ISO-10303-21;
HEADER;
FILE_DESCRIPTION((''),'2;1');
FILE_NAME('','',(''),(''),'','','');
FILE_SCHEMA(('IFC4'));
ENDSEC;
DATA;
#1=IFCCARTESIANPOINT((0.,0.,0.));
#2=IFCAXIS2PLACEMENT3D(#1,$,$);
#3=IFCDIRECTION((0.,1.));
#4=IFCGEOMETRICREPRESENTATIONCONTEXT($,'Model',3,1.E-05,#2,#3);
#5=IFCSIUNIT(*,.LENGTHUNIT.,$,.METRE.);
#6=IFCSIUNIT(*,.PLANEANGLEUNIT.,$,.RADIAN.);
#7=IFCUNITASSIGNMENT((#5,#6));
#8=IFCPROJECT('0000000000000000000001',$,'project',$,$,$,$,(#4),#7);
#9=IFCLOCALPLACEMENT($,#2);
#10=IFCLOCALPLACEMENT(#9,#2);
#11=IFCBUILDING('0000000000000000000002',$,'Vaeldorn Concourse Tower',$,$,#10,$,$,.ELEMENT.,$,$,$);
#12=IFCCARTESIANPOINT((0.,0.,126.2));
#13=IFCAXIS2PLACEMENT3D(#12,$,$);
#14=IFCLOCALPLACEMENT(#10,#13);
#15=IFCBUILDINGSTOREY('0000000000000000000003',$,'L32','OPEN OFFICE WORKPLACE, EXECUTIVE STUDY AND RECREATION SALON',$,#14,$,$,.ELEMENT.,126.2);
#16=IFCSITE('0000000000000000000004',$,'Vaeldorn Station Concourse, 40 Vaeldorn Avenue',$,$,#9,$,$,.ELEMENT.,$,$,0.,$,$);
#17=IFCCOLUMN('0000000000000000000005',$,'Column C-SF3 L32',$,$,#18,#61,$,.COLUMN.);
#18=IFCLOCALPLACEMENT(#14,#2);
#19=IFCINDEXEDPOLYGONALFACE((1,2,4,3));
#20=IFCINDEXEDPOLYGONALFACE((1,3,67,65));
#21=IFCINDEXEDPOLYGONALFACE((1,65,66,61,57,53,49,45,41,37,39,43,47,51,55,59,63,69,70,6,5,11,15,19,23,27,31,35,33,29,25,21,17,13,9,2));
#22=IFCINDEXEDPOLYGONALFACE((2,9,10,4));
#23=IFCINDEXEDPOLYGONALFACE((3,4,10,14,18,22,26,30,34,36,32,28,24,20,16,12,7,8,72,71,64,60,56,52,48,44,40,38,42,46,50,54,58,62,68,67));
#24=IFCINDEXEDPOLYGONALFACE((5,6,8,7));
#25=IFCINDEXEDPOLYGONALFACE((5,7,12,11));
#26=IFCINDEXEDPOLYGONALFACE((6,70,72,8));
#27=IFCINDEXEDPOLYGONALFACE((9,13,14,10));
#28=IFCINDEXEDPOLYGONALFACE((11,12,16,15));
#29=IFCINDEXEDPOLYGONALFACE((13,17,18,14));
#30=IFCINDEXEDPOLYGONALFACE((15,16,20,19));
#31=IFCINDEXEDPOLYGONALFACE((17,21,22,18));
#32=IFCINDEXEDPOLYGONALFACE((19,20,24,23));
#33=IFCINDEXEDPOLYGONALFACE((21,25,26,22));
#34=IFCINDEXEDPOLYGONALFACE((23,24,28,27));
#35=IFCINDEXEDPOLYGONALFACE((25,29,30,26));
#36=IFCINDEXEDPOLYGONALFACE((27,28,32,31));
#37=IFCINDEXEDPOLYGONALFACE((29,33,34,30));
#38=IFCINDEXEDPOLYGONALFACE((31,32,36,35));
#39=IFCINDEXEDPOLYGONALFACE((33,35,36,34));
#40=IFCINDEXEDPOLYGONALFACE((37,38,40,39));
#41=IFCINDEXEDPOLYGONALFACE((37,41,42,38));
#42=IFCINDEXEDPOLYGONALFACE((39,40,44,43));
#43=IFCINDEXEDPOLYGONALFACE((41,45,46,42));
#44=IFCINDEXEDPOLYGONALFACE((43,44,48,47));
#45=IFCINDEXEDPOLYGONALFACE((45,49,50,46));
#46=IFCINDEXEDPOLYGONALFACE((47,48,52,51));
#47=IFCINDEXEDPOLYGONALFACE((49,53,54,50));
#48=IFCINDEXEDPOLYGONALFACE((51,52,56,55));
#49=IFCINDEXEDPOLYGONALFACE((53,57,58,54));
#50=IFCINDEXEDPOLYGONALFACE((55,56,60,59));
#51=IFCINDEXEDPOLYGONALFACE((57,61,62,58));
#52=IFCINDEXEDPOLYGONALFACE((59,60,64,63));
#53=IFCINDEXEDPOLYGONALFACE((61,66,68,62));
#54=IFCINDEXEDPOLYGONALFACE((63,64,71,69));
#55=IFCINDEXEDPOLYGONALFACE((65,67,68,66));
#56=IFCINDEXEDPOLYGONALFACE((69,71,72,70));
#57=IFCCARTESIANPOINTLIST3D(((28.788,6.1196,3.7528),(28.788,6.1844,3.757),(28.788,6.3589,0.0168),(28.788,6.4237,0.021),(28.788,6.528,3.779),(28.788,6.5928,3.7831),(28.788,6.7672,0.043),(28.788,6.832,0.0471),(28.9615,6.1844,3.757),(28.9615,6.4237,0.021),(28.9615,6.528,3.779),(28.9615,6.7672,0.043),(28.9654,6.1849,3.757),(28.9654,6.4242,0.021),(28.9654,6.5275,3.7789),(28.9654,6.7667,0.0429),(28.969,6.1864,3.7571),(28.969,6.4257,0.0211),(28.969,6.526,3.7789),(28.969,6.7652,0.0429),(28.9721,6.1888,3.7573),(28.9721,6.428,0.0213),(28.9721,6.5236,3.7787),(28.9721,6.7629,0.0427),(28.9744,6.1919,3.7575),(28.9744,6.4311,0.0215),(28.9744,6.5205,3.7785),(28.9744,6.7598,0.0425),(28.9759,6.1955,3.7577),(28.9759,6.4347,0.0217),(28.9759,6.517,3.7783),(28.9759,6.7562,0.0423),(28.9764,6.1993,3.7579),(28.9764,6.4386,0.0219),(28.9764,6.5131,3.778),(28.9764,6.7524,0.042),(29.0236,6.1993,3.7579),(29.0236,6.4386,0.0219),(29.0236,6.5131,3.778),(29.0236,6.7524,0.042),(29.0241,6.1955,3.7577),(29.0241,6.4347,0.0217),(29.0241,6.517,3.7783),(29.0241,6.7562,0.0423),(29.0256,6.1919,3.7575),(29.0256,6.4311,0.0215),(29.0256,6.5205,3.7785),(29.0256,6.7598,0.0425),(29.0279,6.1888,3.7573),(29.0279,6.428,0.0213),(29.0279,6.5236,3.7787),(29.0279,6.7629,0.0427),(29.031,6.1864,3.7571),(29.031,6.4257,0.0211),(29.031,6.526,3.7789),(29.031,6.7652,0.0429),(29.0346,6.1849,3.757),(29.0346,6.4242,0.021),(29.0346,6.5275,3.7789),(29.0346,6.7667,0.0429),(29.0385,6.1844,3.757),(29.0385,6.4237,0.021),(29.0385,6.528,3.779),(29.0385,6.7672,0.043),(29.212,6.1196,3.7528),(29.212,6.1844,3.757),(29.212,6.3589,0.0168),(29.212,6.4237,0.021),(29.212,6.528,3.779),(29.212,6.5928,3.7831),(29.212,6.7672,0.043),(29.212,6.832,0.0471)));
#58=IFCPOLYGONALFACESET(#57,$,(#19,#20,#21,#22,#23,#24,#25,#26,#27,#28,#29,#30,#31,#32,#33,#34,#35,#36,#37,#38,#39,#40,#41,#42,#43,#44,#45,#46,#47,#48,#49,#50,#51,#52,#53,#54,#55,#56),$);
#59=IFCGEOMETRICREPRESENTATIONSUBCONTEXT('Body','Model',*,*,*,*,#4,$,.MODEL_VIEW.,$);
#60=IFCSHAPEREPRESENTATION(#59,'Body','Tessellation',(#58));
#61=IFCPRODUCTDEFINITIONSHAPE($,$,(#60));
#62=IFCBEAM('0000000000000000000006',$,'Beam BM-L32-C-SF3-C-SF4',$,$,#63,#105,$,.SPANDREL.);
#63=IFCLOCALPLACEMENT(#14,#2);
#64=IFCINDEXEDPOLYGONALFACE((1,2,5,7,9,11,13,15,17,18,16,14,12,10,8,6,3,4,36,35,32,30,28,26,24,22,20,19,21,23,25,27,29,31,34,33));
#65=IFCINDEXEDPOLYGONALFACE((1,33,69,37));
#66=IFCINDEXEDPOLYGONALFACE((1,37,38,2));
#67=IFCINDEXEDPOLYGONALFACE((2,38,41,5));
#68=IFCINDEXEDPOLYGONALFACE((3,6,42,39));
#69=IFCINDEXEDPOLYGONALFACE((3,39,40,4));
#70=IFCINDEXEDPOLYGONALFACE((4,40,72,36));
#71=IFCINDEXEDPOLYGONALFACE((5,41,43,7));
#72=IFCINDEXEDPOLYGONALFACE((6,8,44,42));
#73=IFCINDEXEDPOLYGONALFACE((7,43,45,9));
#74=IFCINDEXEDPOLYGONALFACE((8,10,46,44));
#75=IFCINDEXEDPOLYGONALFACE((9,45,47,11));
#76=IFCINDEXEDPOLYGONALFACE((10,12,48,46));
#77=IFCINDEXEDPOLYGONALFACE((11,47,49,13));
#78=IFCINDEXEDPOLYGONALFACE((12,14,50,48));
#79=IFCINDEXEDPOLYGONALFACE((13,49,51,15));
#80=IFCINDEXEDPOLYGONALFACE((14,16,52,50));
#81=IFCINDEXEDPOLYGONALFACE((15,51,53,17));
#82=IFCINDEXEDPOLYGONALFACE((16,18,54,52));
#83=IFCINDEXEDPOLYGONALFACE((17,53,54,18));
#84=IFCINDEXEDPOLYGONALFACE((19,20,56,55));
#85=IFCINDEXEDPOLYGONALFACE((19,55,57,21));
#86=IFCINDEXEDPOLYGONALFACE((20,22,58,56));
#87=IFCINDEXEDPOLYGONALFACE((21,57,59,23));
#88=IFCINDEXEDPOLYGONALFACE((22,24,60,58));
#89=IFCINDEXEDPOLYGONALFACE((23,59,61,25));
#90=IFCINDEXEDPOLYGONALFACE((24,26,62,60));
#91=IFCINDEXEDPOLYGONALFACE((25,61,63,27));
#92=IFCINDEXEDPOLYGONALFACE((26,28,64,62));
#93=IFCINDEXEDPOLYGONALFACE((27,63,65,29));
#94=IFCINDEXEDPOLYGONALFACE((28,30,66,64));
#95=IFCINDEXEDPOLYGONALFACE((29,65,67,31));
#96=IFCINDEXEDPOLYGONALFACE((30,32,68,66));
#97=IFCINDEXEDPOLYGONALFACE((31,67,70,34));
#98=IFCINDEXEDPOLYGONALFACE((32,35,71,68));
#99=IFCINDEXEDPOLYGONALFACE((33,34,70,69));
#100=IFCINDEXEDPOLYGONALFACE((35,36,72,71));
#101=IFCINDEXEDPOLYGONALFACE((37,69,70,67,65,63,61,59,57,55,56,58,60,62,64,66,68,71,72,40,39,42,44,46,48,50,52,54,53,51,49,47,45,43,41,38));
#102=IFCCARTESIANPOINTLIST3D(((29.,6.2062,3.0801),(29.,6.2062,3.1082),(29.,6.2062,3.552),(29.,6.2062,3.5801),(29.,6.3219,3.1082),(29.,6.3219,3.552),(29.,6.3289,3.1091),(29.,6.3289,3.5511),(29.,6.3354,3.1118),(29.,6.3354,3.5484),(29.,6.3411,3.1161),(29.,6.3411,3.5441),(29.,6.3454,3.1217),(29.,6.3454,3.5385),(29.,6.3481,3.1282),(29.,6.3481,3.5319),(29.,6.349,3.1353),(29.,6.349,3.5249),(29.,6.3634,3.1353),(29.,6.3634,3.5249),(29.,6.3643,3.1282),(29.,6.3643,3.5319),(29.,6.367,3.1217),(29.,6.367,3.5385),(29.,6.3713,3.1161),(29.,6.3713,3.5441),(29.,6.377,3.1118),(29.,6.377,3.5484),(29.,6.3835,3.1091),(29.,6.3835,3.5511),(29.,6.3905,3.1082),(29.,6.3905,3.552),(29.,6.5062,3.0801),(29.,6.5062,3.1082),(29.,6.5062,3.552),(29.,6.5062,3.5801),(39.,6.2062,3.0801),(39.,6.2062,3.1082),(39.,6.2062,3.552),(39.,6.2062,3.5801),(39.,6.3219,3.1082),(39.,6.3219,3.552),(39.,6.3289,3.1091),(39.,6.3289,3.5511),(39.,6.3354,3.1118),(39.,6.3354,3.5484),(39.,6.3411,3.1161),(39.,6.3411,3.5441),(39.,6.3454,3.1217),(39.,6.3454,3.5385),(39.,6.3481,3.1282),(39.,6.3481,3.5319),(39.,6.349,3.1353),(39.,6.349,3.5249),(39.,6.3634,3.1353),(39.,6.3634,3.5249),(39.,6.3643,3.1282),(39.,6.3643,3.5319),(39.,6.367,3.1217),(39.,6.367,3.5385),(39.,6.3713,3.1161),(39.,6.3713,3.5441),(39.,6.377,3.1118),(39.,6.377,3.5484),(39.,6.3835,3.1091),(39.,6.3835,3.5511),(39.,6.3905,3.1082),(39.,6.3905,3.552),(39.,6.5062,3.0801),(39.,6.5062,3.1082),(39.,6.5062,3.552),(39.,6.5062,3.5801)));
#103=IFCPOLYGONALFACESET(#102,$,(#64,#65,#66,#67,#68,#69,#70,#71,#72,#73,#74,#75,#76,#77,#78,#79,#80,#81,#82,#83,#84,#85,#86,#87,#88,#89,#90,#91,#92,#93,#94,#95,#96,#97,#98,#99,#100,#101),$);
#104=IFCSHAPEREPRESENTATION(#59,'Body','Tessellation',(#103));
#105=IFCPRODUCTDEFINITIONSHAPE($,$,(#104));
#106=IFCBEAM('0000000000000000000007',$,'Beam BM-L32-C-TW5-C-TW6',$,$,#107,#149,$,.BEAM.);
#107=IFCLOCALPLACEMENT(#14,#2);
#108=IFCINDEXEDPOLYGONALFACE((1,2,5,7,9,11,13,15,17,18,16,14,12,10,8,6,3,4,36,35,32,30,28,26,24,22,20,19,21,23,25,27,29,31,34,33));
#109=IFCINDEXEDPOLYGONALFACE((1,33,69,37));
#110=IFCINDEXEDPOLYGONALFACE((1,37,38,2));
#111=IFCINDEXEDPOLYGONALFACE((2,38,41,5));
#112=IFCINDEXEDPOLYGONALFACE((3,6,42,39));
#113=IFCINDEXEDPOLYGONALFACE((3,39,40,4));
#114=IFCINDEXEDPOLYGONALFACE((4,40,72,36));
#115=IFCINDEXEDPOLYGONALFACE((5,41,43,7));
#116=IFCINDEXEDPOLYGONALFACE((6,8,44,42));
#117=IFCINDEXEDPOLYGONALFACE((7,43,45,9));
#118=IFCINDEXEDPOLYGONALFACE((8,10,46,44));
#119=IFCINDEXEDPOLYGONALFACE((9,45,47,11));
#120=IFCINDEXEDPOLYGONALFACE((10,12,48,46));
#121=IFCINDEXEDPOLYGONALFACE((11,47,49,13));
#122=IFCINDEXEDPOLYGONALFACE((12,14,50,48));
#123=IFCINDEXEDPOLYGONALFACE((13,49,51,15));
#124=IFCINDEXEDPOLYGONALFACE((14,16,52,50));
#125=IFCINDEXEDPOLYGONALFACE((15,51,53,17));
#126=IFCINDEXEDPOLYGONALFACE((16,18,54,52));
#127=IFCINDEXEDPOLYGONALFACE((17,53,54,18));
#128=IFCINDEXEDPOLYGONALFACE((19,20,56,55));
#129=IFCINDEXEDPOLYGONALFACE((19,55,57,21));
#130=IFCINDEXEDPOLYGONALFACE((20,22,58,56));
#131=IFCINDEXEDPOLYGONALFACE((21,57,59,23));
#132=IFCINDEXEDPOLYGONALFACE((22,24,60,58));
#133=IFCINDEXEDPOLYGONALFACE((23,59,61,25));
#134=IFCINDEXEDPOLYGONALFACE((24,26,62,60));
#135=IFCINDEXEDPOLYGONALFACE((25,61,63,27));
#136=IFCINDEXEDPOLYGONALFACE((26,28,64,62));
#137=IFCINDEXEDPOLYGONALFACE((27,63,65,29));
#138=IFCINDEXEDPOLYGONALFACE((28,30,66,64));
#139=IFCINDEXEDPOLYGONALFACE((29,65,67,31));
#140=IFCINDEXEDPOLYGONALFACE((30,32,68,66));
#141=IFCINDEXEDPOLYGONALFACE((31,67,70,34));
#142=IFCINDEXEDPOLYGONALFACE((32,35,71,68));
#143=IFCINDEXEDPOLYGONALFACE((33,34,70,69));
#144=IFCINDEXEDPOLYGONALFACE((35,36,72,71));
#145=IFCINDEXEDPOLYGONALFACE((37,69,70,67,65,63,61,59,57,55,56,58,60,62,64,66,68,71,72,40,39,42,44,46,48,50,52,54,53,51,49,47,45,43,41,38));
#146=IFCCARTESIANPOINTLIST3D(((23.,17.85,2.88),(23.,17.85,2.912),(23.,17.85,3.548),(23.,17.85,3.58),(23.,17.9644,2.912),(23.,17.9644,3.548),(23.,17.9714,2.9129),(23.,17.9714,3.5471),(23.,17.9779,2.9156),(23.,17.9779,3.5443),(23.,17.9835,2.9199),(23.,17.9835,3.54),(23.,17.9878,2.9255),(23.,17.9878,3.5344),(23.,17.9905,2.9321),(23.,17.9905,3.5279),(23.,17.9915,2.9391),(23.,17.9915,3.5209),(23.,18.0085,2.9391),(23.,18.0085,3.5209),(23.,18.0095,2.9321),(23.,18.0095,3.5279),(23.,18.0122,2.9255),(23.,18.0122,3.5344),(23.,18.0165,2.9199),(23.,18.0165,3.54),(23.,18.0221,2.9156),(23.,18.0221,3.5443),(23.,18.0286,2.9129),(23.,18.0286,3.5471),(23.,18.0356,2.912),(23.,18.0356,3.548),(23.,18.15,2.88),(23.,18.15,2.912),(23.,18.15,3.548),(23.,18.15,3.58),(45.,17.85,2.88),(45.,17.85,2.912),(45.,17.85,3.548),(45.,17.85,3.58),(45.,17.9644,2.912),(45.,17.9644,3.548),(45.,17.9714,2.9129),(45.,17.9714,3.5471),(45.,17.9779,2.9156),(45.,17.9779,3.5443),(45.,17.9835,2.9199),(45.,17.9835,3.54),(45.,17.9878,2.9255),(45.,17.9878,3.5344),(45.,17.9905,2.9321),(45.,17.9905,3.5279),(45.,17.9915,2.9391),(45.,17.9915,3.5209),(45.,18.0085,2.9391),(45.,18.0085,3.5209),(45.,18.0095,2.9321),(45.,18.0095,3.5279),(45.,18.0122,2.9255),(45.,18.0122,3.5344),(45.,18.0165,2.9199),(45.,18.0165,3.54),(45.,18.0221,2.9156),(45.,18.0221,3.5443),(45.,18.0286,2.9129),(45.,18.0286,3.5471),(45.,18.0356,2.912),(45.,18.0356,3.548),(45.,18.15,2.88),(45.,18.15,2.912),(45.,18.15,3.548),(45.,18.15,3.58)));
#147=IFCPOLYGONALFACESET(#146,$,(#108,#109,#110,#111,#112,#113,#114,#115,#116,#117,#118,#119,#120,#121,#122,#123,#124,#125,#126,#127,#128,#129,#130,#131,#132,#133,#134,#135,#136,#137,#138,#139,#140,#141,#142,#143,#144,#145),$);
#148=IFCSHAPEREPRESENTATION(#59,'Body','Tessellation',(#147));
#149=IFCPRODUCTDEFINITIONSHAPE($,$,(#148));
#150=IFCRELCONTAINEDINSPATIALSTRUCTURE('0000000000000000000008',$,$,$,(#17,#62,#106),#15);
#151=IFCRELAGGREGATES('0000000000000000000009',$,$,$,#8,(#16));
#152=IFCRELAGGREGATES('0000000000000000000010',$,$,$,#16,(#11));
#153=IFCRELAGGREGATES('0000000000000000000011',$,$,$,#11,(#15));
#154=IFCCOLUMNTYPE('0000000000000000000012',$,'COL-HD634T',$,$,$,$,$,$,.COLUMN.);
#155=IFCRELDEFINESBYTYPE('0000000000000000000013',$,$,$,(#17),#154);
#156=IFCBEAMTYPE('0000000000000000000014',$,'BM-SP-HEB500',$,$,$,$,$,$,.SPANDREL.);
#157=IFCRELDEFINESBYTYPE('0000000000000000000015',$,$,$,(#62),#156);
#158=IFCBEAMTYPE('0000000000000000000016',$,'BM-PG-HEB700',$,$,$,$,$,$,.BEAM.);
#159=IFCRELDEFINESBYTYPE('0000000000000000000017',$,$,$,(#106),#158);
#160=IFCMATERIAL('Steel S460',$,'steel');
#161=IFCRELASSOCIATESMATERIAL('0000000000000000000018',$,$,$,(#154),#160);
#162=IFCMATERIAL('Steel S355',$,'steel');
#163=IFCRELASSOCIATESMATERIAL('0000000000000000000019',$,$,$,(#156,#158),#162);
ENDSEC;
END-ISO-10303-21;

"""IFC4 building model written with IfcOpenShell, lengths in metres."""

from ifc_helpers import new_model, si_unit, direction, frame, origin, origin_2d, place, context, subcontext, project, spatial, i_section, extrude, source, transform, mapped, material, material_profile, profile_set, type_object, element, save


model = new_model("IFC4")

# Units and contexts
model_context = context("Model", 3, precision=1e-05, world=origin(), true_north=direction((0.0, 1.0)))
body_context = subcontext(model_context, "Body", "Model", "MODEL_VIEW")
ifc_project = project(units=[si_unit("LENGTHUNIT", "METRE"), si_unit("PLANEANGLEUNIT", "RADIAN")], contexts=[model_context])

# Site, building, storey
site_placement = place(None, origin())
site = spatial("IfcSite", under=ifc_project, at=site_placement, Name="Vaeldorn Station Concourse, 40 Vaeldorn Avenue", CompositionType="ELEMENT", RefElevation=0.0)
building_placement = place(site_placement, origin())
building = spatial("IfcBuilding", under=site, at=building_placement, Name="Vaeldorn Concourse Tower", CompositionType="ELEMENT")
storey_placement = place(building_placement, frame((0.0, 0.0, 126.2)))
storey = spatial("IfcBuildingStorey", under=building, at=storey_placement, Name="L32", Description="OPEN OFFICE WORKPLACE, EXECUTIVE STUDY AND RECREATION SALON", CompositionType="ELEMENT", Elevation=126.2)

# Column
ifc_material_1 = material(Name="Steel S460", Category="steel")
ifc_material_profile_1 = material_profile(ifc_material_1, i_section(OverallWidth=0.4241, OverallDepth=0.4741, WebThickness=0.0471, FlangeThickness=0.0649, FilletRadius=0.0149, at=origin_2d()), Name="HD 400x634")
ifc_profile_set_1 = profile_set([ifc_material_profile_1], Name="Steel S460")
column_type_1 = type_object("IfcColumnType", Name="COL-HD634T", PredefinedType="COLUMN", material=ifc_profile_set_1)
shared_shape_1 = source(origin(), body_context, "Body", "SweptSolid", [
    extrude(i_section(OverallWidth=0.4241, OverallDepth=0.4741, WebThickness=0.0471, FlangeThickness=0.0649, FilletRadius=0.0149, at=origin_2d()), origin(), (0.0, 0.0, 1.0), 3.7437),
])
for number, where, z_axis, x_axis, name in (
    (1, (29.0, 6.5955, 0.032), (0.0, -0.063909, 0.997956), (1.0, 0.0, 0.0), "Column C-SF3 L32"),
):
    element("IfcColumn", number, at=place(storey_placement, frame(where, z_axis=z_axis, x_axis=x_axis)), inside=storey, type_object=column_type_1, Name=name, PredefinedType="COLUMN", context=body_context, shape_type="MappedRepresentation", body=[
        mapped(shared_shape_1, transform((0.0, 0.0, 0.0), scale=1.0)),
    ])

# Beams
ifc_material_2 = material(Name="Steel S355", Category="steel")
ifc_material_profile_2 = material_profile(ifc_material_2, i_section(OverallWidth=0.3, OverallDepth=0.5, WebThickness=0.0144, FlangeThickness=0.0281, FilletRadius=0.0271, at=origin_2d()), Name="HEB 500")
ifc_profile_set_2 = profile_set([ifc_material_profile_2], Name="Steel S355")
beam_type_1 = type_object("IfcBeamType", Name="BM-SP-HEB500", PredefinedType="SPANDREL", material=ifc_profile_set_2)
shared_shape_2 = source(origin(), body_context, "Body", "SweptSolid", [
    extrude(i_section(OverallWidth=0.3, OverallDepth=0.5, WebThickness=0.0144, FlangeThickness=0.0281, FilletRadius=0.0271, at=origin_2d()), origin(), (0.0, 0.0, 1.0), 10.0),
])
beam_1_placement = place(storey_placement, frame((29.0, 6.3562, 3.3301), z_axis=(1.0, 0.0, 0.0), x_axis=(0.0, 1.0, 0.0)))
element("IfcBeam", 2, at=beam_1_placement, inside=storey, type_object=beam_type_1, Name="Beam BM-L32-C-SF3-C-SF4", PredefinedType="SPANDREL", context=body_context, shape_type="MappedRepresentation", body=[
    mapped(shared_shape_2, transform((0.0, 0.0, 0.0), scale=1.0)),
])
ifc_material_profile_3 = material_profile(ifc_material_2, i_section(OverallWidth=0.3, OverallDepth=0.7, WebThickness=0.0171, FlangeThickness=0.032, FilletRadius=0.0271, at=origin_2d()), Name="HEB 700")
ifc_profile_set_3 = profile_set([ifc_material_profile_3], Name="Steel S355")
beam_type_2 = type_object("IfcBeamType", Name="BM-PG-HEB700", PredefinedType="BEAM", material=ifc_profile_set_3)
shared_shape_3 = source(origin(), body_context, "Body", "SweptSolid", [
    extrude(i_section(OverallWidth=0.3, OverallDepth=0.7, WebThickness=0.0171, FlangeThickness=0.032, FilletRadius=0.0271, at=origin_2d()), origin(), (0.0, 0.0, 1.0), 22.0),
])
beam_2_placement = place(storey_placement, frame((23.0, 18.0, 3.23), z_axis=(1.0, 0.0, 0.0), x_axis=(0.0, 1.0, 0.0)))
element("IfcBeam", 3, at=beam_2_placement, inside=storey, type_object=beam_type_2, Name="Beam BM-L32-C-TW5-C-TW6", PredefinedType="BEAM", context=body_context, shape_type="MappedRepresentation", body=[
    mapped(shared_shape_3, transform((0.0, 0.0, 0.0), scale=1.0)),
])

save(model, "model.ifc")
